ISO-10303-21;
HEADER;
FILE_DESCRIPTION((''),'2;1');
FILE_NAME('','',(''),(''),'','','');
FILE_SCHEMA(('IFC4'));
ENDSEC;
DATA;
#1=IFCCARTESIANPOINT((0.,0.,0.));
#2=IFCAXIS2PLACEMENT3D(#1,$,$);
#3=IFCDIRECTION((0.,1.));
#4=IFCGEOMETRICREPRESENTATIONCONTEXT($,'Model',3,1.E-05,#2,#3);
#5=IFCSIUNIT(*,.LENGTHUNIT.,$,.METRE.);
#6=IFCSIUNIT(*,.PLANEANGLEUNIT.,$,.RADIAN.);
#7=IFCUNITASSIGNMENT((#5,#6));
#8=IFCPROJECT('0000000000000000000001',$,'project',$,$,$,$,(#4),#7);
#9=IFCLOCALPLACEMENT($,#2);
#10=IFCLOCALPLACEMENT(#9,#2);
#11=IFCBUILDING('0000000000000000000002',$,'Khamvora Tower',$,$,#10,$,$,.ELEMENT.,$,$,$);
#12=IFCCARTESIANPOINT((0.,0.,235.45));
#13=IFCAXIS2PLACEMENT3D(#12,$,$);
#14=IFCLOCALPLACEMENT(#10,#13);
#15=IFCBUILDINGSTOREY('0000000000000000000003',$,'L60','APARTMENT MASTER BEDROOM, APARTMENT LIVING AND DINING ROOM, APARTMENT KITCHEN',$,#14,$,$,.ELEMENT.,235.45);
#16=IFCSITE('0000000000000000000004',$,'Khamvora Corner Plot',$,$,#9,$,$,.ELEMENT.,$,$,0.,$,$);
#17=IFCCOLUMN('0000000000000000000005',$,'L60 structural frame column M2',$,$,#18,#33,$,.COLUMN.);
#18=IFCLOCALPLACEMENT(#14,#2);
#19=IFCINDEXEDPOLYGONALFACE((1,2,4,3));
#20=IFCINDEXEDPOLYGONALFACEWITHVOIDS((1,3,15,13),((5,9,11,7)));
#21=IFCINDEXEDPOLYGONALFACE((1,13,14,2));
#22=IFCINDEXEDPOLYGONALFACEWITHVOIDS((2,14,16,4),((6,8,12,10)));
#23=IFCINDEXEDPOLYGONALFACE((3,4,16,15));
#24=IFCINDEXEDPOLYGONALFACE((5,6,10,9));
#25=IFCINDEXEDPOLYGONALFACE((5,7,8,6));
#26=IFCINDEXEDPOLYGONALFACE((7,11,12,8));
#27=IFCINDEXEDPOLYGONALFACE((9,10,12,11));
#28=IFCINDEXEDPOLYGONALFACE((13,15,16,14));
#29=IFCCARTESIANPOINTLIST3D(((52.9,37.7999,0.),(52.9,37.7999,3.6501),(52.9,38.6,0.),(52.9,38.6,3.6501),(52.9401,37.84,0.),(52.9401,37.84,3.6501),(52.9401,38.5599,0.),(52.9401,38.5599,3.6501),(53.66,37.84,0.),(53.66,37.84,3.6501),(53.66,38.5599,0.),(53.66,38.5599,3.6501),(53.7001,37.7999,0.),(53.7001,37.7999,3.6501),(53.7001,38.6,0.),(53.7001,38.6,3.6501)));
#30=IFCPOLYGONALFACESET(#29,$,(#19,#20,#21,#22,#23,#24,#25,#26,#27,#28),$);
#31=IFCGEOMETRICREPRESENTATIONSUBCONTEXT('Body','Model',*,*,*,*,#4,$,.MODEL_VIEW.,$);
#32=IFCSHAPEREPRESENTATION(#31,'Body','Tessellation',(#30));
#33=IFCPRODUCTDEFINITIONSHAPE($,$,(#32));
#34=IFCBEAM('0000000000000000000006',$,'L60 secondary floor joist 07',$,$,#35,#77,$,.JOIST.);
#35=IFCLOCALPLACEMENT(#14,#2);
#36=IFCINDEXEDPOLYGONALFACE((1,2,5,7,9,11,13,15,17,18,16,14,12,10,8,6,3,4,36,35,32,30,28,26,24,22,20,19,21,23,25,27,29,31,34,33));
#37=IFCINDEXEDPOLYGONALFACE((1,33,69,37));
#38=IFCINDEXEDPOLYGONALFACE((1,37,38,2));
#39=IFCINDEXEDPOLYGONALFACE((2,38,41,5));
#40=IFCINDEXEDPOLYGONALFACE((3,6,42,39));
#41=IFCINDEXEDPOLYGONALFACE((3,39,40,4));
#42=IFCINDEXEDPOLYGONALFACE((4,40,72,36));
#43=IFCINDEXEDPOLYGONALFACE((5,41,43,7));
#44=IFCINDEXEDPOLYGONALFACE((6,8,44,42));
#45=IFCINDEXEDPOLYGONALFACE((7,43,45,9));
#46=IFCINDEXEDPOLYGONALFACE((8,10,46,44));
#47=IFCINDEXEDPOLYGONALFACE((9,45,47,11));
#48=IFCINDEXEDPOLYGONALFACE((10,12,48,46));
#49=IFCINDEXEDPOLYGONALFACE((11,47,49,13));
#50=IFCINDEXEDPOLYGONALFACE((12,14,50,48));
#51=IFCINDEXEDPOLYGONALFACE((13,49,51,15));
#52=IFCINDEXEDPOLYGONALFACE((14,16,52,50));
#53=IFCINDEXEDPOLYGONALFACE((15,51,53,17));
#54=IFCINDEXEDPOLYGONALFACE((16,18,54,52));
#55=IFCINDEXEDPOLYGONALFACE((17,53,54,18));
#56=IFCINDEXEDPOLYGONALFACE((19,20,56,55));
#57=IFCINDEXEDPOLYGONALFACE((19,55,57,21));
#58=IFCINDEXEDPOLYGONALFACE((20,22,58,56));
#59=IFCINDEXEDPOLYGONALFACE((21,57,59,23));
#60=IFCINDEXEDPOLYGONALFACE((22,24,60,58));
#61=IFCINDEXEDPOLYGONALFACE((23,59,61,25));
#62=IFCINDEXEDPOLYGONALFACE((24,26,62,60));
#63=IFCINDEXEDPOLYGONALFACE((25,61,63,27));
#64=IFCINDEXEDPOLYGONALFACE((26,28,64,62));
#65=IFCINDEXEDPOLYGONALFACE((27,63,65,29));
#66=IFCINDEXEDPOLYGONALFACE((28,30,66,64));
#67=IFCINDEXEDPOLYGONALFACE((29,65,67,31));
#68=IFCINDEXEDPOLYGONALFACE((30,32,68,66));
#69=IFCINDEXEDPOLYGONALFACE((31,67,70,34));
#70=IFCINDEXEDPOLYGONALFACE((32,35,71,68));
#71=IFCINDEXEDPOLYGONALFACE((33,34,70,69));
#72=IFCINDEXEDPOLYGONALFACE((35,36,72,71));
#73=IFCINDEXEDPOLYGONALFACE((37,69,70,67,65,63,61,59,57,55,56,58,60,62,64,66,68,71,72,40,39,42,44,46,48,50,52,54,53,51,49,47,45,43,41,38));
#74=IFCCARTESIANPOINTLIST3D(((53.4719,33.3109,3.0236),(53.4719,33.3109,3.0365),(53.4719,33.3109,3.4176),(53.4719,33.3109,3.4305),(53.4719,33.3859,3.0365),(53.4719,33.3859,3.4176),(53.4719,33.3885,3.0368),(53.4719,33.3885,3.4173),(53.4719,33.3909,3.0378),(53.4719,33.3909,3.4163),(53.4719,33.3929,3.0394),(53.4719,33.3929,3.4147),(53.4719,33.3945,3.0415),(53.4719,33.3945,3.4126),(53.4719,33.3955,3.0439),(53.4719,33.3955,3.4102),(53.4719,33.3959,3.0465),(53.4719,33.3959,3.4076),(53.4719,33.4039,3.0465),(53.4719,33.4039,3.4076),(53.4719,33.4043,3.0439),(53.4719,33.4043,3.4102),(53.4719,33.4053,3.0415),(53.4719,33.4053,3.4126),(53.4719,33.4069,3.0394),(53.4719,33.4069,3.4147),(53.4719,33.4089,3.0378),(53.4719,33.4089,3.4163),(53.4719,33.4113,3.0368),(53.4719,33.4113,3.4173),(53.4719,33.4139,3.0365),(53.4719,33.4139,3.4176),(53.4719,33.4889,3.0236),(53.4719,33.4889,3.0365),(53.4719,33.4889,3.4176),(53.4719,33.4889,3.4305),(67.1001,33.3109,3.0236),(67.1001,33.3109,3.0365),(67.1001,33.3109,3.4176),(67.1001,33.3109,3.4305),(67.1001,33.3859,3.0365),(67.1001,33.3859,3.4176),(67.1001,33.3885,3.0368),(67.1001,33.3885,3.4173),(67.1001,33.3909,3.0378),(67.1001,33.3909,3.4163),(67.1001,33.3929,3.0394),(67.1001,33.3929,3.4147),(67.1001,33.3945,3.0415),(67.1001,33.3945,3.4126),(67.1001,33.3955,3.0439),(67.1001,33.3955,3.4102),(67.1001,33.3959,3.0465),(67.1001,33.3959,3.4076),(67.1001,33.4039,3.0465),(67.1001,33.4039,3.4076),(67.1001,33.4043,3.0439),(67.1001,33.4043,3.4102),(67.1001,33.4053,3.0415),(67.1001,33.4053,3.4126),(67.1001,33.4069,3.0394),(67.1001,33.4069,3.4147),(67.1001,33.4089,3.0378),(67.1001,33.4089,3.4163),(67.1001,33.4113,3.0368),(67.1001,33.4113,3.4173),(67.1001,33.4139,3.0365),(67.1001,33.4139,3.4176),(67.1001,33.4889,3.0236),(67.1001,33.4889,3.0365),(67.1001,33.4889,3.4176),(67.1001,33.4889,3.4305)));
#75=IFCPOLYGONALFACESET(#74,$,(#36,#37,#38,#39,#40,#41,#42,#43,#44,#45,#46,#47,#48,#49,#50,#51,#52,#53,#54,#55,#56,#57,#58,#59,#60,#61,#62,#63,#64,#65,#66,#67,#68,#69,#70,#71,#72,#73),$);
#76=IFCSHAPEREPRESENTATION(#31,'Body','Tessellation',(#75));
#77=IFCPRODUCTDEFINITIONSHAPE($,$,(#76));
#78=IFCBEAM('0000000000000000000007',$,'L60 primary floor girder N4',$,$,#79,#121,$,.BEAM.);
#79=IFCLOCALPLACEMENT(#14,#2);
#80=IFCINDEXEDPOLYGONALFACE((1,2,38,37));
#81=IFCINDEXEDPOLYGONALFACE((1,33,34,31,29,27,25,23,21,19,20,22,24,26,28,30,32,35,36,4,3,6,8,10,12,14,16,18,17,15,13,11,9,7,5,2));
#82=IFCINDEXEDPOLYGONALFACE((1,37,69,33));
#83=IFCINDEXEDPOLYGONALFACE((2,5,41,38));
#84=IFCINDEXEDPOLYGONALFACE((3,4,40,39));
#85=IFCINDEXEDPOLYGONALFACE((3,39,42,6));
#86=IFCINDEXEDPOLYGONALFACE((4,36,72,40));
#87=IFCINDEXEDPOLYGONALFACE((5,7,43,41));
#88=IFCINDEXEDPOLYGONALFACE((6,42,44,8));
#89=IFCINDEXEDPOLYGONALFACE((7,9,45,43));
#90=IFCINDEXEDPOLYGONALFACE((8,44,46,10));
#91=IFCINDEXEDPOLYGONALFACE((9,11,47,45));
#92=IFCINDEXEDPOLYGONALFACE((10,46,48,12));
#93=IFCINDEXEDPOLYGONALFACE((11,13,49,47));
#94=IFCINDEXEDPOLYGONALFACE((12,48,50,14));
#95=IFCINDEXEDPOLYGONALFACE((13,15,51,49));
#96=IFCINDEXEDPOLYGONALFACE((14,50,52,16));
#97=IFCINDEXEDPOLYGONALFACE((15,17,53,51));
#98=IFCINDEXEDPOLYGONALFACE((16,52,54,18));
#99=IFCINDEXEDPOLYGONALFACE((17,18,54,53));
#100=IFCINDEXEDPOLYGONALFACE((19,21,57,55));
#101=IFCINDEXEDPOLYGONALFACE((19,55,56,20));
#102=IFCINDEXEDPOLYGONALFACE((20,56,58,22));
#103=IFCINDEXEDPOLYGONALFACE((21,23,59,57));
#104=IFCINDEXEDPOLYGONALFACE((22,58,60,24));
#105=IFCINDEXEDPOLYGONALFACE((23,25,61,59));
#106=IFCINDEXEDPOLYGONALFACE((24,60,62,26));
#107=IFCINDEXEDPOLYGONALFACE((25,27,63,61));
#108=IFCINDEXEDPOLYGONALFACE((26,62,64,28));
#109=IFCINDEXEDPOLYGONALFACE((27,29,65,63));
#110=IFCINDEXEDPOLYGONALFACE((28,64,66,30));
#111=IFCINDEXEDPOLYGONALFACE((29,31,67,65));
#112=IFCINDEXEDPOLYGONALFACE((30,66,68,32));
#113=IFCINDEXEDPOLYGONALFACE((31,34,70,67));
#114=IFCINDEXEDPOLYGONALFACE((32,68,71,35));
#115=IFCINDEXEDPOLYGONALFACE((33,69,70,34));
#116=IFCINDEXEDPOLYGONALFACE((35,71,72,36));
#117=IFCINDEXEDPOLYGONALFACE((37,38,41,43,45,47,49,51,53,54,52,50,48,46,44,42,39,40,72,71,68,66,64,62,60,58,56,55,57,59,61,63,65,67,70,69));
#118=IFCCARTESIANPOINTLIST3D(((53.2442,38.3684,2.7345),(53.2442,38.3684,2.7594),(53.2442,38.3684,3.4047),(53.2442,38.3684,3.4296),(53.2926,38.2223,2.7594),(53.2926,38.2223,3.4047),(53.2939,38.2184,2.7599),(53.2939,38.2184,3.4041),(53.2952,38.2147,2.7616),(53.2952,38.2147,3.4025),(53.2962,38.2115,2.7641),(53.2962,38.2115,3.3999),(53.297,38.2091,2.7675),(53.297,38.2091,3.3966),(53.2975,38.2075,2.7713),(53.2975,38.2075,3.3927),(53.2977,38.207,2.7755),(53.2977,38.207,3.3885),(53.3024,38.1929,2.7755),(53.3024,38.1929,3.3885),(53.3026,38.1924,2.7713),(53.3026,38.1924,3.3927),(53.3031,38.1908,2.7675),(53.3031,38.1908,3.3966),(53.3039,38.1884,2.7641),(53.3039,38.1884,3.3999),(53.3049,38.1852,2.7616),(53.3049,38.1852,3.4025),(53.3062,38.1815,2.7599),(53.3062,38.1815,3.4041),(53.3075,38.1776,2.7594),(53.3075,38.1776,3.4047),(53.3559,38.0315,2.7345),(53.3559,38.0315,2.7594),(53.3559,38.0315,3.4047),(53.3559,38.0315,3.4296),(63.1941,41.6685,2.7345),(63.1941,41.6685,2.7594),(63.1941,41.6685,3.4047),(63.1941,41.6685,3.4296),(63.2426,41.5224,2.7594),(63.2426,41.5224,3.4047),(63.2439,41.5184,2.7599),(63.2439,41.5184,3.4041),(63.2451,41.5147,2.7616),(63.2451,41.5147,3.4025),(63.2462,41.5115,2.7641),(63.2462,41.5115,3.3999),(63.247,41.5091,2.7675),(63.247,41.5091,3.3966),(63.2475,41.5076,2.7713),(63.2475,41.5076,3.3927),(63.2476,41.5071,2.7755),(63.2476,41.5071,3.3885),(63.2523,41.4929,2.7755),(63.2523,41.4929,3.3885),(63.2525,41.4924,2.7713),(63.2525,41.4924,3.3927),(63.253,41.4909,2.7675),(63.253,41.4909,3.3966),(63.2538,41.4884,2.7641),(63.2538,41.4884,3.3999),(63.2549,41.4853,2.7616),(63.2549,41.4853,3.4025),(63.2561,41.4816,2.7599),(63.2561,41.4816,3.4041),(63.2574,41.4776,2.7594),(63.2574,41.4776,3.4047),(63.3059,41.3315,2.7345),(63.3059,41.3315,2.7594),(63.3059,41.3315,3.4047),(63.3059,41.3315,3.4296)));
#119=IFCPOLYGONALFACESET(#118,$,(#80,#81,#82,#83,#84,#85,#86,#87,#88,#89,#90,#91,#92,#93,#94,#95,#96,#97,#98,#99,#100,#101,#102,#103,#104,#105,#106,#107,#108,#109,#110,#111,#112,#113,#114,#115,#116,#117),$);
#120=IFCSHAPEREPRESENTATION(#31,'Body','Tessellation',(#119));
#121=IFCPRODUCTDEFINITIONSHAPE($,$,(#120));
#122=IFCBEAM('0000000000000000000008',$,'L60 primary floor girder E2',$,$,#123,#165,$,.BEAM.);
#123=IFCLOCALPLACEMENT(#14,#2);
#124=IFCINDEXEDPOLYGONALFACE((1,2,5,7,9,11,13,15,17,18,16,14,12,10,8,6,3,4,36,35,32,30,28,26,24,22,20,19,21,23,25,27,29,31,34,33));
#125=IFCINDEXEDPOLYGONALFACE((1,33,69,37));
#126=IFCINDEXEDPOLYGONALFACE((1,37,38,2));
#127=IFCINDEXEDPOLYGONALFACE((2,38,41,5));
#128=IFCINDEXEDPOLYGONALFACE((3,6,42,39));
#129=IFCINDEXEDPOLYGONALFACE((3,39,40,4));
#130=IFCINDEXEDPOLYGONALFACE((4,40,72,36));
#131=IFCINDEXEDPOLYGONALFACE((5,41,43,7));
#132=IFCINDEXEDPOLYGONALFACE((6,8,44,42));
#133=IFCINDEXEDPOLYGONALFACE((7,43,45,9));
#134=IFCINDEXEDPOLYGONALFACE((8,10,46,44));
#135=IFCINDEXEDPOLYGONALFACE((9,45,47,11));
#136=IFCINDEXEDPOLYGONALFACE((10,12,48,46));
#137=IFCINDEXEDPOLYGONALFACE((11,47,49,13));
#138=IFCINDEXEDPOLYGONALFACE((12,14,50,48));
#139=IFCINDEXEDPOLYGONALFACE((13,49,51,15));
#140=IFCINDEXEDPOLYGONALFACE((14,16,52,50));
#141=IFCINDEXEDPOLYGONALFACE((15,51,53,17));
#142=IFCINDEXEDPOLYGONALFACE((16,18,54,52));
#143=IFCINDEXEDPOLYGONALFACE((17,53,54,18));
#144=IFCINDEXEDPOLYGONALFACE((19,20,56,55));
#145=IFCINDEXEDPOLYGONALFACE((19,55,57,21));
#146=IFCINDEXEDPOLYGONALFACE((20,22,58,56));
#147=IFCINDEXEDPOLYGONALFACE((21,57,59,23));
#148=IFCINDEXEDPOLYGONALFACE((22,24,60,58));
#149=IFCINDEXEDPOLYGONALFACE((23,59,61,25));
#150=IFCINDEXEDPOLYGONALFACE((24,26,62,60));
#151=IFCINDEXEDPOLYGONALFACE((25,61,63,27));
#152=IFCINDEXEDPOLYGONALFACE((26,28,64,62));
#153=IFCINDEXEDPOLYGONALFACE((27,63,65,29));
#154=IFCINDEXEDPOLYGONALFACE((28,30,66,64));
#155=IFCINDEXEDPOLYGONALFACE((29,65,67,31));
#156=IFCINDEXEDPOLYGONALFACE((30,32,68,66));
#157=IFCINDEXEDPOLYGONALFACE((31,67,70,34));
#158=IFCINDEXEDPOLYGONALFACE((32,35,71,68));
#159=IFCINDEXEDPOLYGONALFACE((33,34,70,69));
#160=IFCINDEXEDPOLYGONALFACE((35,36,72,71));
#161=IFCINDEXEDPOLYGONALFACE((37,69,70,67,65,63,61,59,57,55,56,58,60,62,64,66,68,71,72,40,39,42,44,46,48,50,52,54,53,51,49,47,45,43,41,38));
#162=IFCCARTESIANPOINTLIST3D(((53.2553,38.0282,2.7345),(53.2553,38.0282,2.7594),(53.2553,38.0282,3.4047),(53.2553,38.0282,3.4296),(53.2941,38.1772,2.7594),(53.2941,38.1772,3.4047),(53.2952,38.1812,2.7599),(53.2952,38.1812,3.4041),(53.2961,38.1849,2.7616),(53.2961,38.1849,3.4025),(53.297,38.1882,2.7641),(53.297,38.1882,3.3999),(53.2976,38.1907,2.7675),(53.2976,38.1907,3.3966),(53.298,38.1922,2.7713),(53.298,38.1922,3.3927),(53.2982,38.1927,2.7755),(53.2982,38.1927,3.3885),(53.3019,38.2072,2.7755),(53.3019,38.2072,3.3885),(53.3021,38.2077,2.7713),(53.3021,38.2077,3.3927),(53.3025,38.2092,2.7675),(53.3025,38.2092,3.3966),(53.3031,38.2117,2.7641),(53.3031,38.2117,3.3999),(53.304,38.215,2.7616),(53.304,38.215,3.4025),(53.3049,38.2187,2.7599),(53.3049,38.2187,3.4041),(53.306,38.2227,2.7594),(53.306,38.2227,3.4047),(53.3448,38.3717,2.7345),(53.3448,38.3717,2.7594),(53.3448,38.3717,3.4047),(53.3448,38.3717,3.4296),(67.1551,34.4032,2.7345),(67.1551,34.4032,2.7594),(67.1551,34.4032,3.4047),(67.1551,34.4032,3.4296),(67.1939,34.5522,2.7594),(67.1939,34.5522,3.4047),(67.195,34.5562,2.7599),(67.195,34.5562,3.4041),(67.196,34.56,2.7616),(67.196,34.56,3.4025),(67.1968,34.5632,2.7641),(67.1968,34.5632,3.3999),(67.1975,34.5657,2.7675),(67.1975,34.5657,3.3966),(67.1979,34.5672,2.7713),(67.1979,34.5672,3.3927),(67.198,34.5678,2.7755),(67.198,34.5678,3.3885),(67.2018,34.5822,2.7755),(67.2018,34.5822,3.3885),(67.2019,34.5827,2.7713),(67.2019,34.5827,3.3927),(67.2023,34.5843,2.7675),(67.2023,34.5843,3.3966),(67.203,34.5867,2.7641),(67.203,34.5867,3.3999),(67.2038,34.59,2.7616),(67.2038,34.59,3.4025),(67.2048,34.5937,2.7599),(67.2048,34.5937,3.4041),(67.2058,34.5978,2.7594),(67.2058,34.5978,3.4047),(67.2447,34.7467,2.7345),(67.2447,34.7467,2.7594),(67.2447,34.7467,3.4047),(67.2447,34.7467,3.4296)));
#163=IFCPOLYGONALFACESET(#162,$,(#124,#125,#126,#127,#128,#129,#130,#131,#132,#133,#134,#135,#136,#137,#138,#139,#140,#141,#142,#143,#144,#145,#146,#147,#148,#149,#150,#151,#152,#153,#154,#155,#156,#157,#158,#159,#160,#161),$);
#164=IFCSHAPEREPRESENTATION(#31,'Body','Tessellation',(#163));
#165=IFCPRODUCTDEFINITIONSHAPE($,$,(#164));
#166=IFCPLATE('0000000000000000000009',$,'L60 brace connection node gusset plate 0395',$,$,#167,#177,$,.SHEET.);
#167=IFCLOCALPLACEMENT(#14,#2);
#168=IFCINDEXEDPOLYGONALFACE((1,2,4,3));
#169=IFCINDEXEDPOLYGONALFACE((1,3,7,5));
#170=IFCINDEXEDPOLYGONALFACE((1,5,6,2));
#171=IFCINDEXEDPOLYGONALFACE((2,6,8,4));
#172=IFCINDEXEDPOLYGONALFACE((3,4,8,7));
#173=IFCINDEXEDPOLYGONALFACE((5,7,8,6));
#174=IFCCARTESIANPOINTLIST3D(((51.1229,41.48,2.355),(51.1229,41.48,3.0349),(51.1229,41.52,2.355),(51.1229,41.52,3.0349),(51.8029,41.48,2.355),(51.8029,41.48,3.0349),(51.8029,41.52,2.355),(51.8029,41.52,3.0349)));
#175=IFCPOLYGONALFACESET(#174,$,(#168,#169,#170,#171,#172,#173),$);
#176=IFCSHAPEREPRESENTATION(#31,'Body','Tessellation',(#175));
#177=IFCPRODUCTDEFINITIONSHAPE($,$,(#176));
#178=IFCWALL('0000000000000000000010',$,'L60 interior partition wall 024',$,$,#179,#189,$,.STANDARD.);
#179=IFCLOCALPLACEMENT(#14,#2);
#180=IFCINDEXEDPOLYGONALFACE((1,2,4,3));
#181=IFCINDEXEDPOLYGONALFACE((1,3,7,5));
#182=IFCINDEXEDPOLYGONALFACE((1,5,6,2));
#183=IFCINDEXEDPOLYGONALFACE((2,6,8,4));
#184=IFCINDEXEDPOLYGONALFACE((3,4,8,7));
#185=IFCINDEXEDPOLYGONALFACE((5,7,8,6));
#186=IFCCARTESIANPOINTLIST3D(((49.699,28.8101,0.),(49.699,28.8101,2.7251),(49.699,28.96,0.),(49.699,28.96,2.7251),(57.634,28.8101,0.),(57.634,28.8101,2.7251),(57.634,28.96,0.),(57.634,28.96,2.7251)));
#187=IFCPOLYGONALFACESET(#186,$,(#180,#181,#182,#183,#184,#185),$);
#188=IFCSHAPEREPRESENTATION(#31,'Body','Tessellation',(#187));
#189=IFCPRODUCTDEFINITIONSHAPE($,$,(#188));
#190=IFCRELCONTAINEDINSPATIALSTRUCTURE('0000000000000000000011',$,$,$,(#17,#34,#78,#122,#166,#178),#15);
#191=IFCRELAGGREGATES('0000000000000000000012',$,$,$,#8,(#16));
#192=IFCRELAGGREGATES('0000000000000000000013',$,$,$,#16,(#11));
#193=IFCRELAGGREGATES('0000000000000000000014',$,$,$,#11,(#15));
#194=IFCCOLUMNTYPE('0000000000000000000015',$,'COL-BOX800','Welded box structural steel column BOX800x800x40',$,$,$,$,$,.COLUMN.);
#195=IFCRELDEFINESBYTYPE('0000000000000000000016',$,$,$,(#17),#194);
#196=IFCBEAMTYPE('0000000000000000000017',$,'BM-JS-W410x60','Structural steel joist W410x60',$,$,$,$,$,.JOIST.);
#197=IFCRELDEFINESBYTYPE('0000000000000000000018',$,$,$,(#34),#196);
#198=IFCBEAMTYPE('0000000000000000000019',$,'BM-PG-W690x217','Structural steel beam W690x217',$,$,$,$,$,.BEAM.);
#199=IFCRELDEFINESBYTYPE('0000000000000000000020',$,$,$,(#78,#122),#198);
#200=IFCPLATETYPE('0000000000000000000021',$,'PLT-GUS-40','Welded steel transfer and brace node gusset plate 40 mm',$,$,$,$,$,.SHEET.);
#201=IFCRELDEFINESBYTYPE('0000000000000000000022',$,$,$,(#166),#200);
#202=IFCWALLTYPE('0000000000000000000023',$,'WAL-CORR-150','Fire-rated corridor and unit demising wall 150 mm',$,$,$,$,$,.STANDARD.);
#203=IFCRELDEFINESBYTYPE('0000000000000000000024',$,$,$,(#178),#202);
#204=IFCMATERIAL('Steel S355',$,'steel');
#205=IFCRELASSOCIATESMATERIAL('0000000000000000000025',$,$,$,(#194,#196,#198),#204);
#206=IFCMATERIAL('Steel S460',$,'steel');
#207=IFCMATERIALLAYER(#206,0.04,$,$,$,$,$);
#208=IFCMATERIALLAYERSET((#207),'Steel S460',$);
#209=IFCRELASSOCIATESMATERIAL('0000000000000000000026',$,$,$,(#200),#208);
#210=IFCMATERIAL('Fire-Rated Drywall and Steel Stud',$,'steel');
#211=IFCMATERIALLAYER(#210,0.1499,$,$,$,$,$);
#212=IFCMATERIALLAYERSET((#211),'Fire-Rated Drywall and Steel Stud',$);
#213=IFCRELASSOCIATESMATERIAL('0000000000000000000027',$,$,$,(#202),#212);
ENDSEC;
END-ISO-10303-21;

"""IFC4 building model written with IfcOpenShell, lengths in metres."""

from ifc_helpers import new_model, si_unit, direction, frame, frame_2d, origin, origin_2d, place, context, subcontext, project, spatial, rectangle, hollow_rectangle, i_section, extrude, material, layer, layer_set, material_profile, profile_set, type_object, element, save


model = new_model("IFC4")

# Units and contexts
model_context = context("Model", 3, precision=1e-05, world=origin(), true_north=direction((0.0, 1.0)))
body_context = subcontext(model_context, "Body", "Model", "MODEL_VIEW")
ifc_project = project(units=[si_unit("LENGTHUNIT", "METRE"), si_unit("PLANEANGLEUNIT", "RADIAN")], contexts=[model_context])

# Site, building, storey
site_placement = place(None, origin())
site = spatial("IfcSite", under=ifc_project, at=site_placement, Name="Khamvora Corner Plot", CompositionType="ELEMENT", RefElevation=0.0)
building_placement = place(site_placement, origin())
building = spatial("IfcBuilding", under=site, at=building_placement, Name="Khamvora Tower", CompositionType="ELEMENT")
storey_placement = place(building_placement, frame((0.0, 0.0, 235.45)))
storey = spatial("IfcBuildingStorey", under=building, at=storey_placement, Name="L60", Description="APARTMENT MASTER BEDROOM, APARTMENT LIVING AND DINING ROOM, APARTMENT KITCHEN", CompositionType="ELEMENT", Elevation=235.45)

# Column
ifc_material_1 = material(Name="Steel S355", Category="steel")
ifc_material_profile_1 = material_profile(ifc_material_1, hollow_rectangle(XDim=0.8, YDim=0.8, WallThickness=0.04, at=origin_2d()), Name="BOX800x800x40")
ifc_profile_set_1 = profile_set([ifc_material_profile_1], Name="Steel S355")
column_type = type_object("IfcColumnType", Name="COL-BOX800", Description="Welded box structural steel column BOX800x800x40", PredefinedType="COLUMN", material=ifc_profile_set_1)
column_placement = place(storey_placement, frame((53.3, 38.2, 0.0), z_axis=(0.0, 0.0, 1.0), x_axis=(1.0, 0.0, 0.0)))
element("IfcColumn", 1, at=column_placement, inside=storey, type_object=column_type, Name="L60 structural frame column M2", PredefinedType="COLUMN", context=body_context, shape_type="SweptSolid", body=[
    extrude(hollow_rectangle(XDim=0.8, YDim=0.8, WallThickness=0.04, at=origin_2d()), origin(), (0.0, 0.0, 1.0), 3.6501),
])

# Beams
ifc_material_profile_2 = material_profile(ifc_material_1, i_section(OverallWidth=0.178, OverallDepth=0.407, WebThickness=0.0081, FlangeThickness=0.0129, FilletRadius=0.01, at=origin_2d()), Name="W410x60")
ifc_profile_set_2 = profile_set([ifc_material_profile_2], Name="Steel S355")
beam_type_1 = type_object("IfcBeamType", Name="BM-JS-W410x60", Description="Structural steel joist W410x60", PredefinedType="JOIST", material=ifc_profile_set_2)
beam_1_placement = place(storey_placement, frame((53.4719, 33.3999, 3.2271), z_axis=(1.0, 0.0, 0.0), x_axis=(0.0, 1.0, 0.0)))
element("IfcBeam", 2, at=beam_1_placement, inside=storey, type_object=beam_type_1, Name="L60 secondary floor joist 07", PredefinedType="JOIST", context=body_context, shape_type="SweptSolid", body=[
    extrude(i_section(OverallWidth=0.178, OverallDepth=0.407, WebThickness=0.0081, FlangeThickness=0.0129, FilletRadius=0.01, at=origin_2d()), origin(), (0.0, 0.0, 1.0), 13.6282),
])
ifc_material_profile_3 = material_profile(ifc_material_1, i_section(OverallWidth=0.355, OverallDepth=0.6951, WebThickness=0.0149, FlangeThickness=0.0249, FilletRadius=0.0161, at=origin_2d()), Name="W690x217")
ifc_profile_set_3 = profile_set([ifc_material_profile_3], Name="Steel S355")
beam_type_2 = type_object("IfcBeamType", Name="BM-PG-W690x217", Description="Structural steel beam W690x217", PredefinedType="BEAM", material=ifc_profile_set_3)
beam_2_placement = place(storey_placement, frame((53.3, 38.2, 3.082), z_axis=(0.949157, 0.314802, 0.0), x_axis=(-0.314802, 0.949157, 0.0)))
element("IfcBeam", 3, at=beam_2_placement, inside=storey, type_object=beam_type_2, Name="L60 primary floor girder N4", PredefinedType="BEAM", context=body_context, shape_type="SweptSolid", body=[
    extrude(i_section(OverallWidth=0.355, OverallDepth=0.6951, WebThickness=0.0149, FlangeThickness=0.0249, FilletRadius=0.0161, at=origin_2d()), origin(), (0.0, 0.0, 1.0), 10.4829),
])
beam_3_placement = place(storey_placement, frame((53.3, 38.2, 3.082), z_axis=(0.967635, -0.252353, 0.0), x_axis=(0.252353, 0.967635, 0.0)))
element("IfcBeam", 4, at=beam_3_placement, inside=storey, type_object=beam_type_2, Name="L60 primary floor girder E2", PredefinedType="BEAM", context=body_context, shape_type="SweptSolid", body=[
    extrude(i_section(OverallWidth=0.355, OverallDepth=0.6951, WebThickness=0.0149, FlangeThickness=0.0249, FilletRadius=0.0161, at=origin_2d()), origin(), (0.0, 0.0, 1.0), 14.3647),
])

# Plate
ifc_material_2 = material(Name="Steel S460", Category="steel")
ifc_layer_1 = layer(ifc_material_2, 0.04)
ifc_layer_set_1 = layer_set([ifc_layer_1], Name="Steel S460")
plate_type = type_object("IfcPlateType", Name="PLT-GUS-40", Description="Welded steel transfer and brace node gusset plate 40 mm", PredefinedType="SHEET", material=ifc_layer_set_1)
plate_placement = place(storey_placement, frame((51.4629, 41.5, 2.355), z_axis=(0.0, 0.0, 1.0), x_axis=(1.0, 0.0, 0.0)))
element("IfcPlate", 5, at=plate_placement, inside=storey, type_object=plate_type, Name="L60 brace connection node gusset plate 0395", PredefinedType="SHEET", context=body_context, shape_type="SweptSolid", body=[
    extrude(rectangle(XDim=0.6799, YDim=0.04, at=origin_2d()), origin(), (0.0, 0.0, 1.0), 0.6799),
])

# Wall
ifc_material_3 = material(Name="Fire-Rated Drywall and Steel Stud", Category="steel")
ifc_layer_2 = layer(ifc_material_3, 0.1499)
ifc_layer_set_2 = layer_set([ifc_layer_2], Name="Fire-Rated Drywall and Steel Stud")
wall_type_1 = type_object("IfcWallType", Name="WAL-CORR-150", Description="Fire-rated corridor and unit demising wall 150 mm", PredefinedType="STANDARD", material=ifc_layer_set_2)
wall_1_placement = place(storey_placement, frame((57.634, 28.885, 0.0), z_axis=(0.0, 0.0, 1.0), x_axis=(-1.0, 0.0, 0.0)))
element("IfcWall", 6, at=wall_1_placement, inside=storey, type_object=wall_type_1, Name="L60 interior partition wall 024", PredefinedType="STANDARD", context=body_context, shape_type="SweptSolid", body=[
    extrude(rectangle(XDim=7.9351, YDim=0.1499, at=frame_2d((3.9675, 0.0))), origin(), (0.0, 0.0, 1.0), 2.7251),
])

save(model, "model.ifc")
